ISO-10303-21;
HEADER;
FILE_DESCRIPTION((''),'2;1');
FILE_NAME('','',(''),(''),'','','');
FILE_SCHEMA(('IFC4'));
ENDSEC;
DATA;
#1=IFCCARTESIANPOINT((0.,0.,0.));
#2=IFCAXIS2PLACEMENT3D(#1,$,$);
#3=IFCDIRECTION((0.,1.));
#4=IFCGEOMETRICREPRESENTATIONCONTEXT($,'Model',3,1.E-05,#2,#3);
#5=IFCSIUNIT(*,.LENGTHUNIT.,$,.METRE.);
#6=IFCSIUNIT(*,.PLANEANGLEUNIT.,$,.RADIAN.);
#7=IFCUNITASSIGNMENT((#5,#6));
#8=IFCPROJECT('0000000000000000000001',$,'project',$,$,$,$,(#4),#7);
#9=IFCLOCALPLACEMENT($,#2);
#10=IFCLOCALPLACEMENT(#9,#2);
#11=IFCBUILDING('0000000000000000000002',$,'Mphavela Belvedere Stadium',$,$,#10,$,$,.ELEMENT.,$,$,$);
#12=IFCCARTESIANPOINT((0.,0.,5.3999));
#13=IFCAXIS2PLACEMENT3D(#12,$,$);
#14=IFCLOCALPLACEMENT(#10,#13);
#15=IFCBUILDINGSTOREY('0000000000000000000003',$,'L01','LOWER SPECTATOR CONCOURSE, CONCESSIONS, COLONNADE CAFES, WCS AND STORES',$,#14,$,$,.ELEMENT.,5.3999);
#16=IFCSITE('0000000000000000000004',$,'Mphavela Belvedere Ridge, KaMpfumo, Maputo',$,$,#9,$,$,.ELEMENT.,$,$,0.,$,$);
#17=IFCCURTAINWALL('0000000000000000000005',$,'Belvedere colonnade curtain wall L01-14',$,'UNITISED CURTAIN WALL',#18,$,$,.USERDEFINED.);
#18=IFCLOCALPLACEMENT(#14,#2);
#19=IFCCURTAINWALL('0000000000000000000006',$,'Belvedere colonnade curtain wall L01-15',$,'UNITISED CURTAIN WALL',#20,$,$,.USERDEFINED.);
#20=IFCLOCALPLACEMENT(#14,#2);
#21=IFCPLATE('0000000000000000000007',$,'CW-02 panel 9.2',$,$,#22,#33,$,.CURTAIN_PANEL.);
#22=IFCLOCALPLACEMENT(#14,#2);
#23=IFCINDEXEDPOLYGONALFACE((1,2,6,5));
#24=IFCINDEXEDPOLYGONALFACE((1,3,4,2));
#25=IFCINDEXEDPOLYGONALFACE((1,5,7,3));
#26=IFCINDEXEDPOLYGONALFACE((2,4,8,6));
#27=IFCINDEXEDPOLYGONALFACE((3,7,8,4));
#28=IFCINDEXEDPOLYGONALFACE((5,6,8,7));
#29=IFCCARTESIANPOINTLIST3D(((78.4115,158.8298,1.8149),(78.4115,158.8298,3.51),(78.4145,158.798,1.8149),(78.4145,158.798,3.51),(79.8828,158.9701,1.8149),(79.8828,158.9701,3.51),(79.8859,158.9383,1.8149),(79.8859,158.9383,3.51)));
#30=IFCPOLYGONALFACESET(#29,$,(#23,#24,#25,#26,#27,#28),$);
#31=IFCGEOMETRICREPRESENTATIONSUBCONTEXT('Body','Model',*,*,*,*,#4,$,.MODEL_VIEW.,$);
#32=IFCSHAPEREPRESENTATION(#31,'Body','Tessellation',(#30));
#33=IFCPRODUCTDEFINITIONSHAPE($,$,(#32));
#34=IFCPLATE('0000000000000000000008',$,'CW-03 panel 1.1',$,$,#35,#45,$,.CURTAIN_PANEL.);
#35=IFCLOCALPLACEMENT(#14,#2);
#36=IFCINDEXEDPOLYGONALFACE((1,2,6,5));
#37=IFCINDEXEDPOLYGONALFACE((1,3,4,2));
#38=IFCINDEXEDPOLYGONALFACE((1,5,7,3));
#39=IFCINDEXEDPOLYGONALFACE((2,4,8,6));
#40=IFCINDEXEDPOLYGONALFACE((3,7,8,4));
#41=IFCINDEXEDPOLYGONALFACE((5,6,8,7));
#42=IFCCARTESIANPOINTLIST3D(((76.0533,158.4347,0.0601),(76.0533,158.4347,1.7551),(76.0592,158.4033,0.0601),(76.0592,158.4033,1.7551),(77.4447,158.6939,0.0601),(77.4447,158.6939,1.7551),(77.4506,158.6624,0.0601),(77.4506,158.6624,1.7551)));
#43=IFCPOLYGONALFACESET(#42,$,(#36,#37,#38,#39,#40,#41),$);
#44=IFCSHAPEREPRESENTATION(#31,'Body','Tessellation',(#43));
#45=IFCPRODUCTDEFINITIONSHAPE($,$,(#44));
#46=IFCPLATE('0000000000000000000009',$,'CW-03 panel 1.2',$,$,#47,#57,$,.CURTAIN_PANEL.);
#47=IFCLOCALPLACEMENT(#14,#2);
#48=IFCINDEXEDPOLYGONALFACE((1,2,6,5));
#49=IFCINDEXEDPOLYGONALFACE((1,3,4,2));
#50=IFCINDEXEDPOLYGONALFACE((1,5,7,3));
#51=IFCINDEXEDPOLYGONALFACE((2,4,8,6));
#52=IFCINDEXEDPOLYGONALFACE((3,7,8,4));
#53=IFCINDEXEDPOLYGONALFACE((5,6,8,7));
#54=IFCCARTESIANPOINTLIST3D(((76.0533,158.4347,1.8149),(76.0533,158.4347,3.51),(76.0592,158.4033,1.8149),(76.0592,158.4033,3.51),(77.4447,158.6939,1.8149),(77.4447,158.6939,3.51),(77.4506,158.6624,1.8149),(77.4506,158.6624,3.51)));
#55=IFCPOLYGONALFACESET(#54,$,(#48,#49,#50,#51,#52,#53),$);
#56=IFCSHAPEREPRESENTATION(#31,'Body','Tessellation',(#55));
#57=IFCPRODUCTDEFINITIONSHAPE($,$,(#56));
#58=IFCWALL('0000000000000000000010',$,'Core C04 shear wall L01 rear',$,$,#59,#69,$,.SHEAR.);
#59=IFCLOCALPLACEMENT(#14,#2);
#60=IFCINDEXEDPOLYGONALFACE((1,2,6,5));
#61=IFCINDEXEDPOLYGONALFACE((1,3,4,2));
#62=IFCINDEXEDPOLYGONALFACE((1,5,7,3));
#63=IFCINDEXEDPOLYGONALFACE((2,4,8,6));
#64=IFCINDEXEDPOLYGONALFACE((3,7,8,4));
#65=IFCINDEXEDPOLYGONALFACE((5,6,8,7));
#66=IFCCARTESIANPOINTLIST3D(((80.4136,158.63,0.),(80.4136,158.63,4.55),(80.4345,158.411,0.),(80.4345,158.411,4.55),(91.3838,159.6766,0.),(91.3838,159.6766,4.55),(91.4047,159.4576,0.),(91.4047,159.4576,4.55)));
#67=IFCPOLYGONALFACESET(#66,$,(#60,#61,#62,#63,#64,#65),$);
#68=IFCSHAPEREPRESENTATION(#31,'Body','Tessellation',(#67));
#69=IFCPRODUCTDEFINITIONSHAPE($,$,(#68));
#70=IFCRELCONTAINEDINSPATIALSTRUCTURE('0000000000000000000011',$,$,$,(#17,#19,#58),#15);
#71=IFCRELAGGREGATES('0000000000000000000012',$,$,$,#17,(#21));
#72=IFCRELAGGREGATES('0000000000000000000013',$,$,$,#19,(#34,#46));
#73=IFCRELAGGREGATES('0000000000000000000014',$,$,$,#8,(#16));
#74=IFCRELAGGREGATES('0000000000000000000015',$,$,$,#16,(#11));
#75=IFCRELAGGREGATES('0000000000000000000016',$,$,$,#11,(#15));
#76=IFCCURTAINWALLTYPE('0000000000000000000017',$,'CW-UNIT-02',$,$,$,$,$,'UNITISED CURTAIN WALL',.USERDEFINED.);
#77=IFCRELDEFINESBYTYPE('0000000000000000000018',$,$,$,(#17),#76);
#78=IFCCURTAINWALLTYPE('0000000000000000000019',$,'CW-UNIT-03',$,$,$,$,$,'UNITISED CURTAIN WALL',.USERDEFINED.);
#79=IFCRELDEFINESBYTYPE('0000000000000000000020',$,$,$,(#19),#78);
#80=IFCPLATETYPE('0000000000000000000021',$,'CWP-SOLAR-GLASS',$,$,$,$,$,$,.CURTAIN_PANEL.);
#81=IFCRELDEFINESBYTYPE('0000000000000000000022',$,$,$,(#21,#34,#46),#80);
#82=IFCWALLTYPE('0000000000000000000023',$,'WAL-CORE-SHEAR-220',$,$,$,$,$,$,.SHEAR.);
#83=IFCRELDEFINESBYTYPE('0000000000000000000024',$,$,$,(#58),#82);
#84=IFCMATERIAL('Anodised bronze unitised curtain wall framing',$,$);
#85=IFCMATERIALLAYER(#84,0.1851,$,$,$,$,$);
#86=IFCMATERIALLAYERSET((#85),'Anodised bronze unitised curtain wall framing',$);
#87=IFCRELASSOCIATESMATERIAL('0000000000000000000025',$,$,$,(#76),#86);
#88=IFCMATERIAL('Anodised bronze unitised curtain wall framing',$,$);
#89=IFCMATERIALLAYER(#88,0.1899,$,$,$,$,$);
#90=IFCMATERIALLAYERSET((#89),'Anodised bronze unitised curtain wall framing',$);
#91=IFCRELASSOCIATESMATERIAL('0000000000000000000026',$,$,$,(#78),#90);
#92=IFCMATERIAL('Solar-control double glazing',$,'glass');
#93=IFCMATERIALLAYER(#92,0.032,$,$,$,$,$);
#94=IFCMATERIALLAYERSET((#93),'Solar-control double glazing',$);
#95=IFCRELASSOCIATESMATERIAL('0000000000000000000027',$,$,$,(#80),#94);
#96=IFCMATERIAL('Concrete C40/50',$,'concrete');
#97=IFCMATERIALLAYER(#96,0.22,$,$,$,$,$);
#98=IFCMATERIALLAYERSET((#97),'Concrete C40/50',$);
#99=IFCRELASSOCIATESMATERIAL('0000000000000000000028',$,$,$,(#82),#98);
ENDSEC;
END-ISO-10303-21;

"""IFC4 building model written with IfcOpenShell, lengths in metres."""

from ifc_helpers import new_model, si_unit, direction, frame, frame_2d, origin, origin_2d, place, context, subcontext, project, spatial, rectangle, extrude, material, layer, layer_set, type_object, element, aggregate, save


model = new_model("IFC4")

# Units and contexts
model_context = context("Model", 3, precision=1e-05, world=origin(), true_north=direction((0.0, 1.0)))
body_context = subcontext(model_context, "Body", "Model", "MODEL_VIEW")
ifc_project = project(units=[si_unit("LENGTHUNIT", "METRE"), si_unit("PLANEANGLEUNIT", "RADIAN")], contexts=[model_context])

# Site, building, storey
site_placement = place(None, origin())
site = spatial("IfcSite", under=ifc_project, at=site_placement, Name="Mphavela Belvedere Ridge, KaMpfumo, Maputo", CompositionType="ELEMENT", RefElevation=0.0)
building_placement = place(site_placement, origin())
building = spatial("IfcBuilding", under=site, at=building_placement, Name="Mphavela Belvedere Stadium", CompositionType="ELEMENT")
storey_placement = place(building_placement, frame((0.0, 0.0, 5.3999)))
storey = spatial("IfcBuildingStorey", under=building, at=storey_placement, Name="L01", Description="LOWER SPECTATOR CONCOURSE, CONCESSIONS, COLONNADE CAFES, WCS AND STORES", CompositionType="ELEMENT", Elevation=5.3999)

# Curtain walls
ifc_material_1 = material(Name="Anodised bronze unitised curtain wall framing")
ifc_layer_1 = layer(ifc_material_1, 0.1851)
ifc_layer_set_1 = layer_set([ifc_layer_1], Name="Anodised bronze unitised curtain wall framing")
curtain_wall_type_1 = type_object("IfcCurtainWallType", Name="CW-UNIT-02", ElementType="UNITISED CURTAIN WALL", PredefinedType="USERDEFINED", material=ifc_layer_set_1)
curtain_wall_1_placement = place(storey_placement, origin())
curtain_wall_1 = element("IfcCurtainWall", 1, at=curtain_wall_1_placement, inside=storey, type_object=curtain_wall_type_1, Name="Belvedere colonnade curtain wall L01-14", ObjectType="UNITISED CURTAIN WALL", PredefinedType="USERDEFINED")
ifc_material_2 = material(Name="Anodised bronze unitised curtain wall framing")
ifc_layer_2 = layer(ifc_material_2, 0.1899)
ifc_layer_set_2 = layer_set([ifc_layer_2], Name="Anodised bronze unitised curtain wall framing")
curtain_wall_type_2 = type_object("IfcCurtainWallType", Name="CW-UNIT-03", ElementType="UNITISED CURTAIN WALL", PredefinedType="USERDEFINED", material=ifc_layer_set_2)
curtain_wall_2_placement = place(storey_placement, origin())
curtain_wall_2 = element("IfcCurtainWall", 2, at=curtain_wall_2_placement, inside=storey, type_object=curtain_wall_type_2, Name="Belvedere colonnade curtain wall L01-15", ObjectType="UNITISED CURTAIN WALL", PredefinedType="USERDEFINED")

# Plates
ifc_material_3 = material(Name="Solar-control double glazing", Category="glass")
ifc_layer_3 = layer(ifc_material_3, 0.032)
ifc_layer_set_3 = layer_set([ifc_layer_3], Name="Solar-control double glazing")
plate_type = type_object("IfcPlateType", Name="CWP-SOLAR-GLASS", PredefinedType="CURTAIN_PANEL", material=ifc_layer_set_3)
plate_1_placement = place(storey_placement, frame((79.1487, 158.884, 1.8149), z_axis=(0.0, 0.0, 1.0), x_axis=(-0.995485, -0.094922, 0.0)))
plate_1 = element("IfcPlate", 3, at=plate_1_placement, type_object=plate_type, Name="CW-02 panel 9.2", PredefinedType="CURTAIN_PANEL", context=body_context, shape_type="SweptSolid", body=[
    extrude(rectangle(XDim=1.478, YDim=0.032, at=origin_2d()), origin(), (0.0, 0.0, 1.0), 1.6951),
])
aggregate(curtain_wall_1, [plate_1])
plate_2_placement = place(storey_placement, frame((76.752, 158.5486, 0.0601), z_axis=(0.0, 0.0, 1.0), x_axis=(-0.983095, -0.183095, 0.0)))
plate_2 = element("IfcPlate", 4, at=plate_2_placement, type_object=plate_type, Name="CW-03 panel 1.1", PredefinedType="CURTAIN_PANEL", context=body_context, shape_type="SweptSolid", body=[
    extrude(rectangle(XDim=1.4153, YDim=0.032, at=origin_2d()), origin(), (0.0, 0.0, 1.0), 1.6951),
])
plate_3_placement = place(storey_placement, frame((76.752, 158.5486, 1.8149), z_axis=(0.0, 0.0, 1.0), x_axis=(-0.983095, -0.183095, 0.0)))
plate_3 = element("IfcPlate", 5, at=plate_3_placement, type_object=plate_type, Name="CW-03 panel 1.2", PredefinedType="CURTAIN_PANEL", context=body_context, shape_type="SweptSolid", body=[
    extrude(rectangle(XDim=1.4153, YDim=0.032, at=origin_2d()), origin(), (0.0, 0.0, 1.0), 1.6951),
])
aggregate(curtain_wall_2, [plate_2, plate_3])

# Wall
ifc_material_4 = material(Name="Concrete C40/50", Category="concrete")
ifc_layer_4 = layer(ifc_material_4, 0.22)
ifc_layer_set_4 = layer_set([ifc_layer_4], Name="Concrete C40/50")
wall_type = type_object("IfcWallType", Name="WAL-CORE-SHEAR-220", PredefinedType="SHEAR", material=ifc_layer_set_4)
wall_placement = place(storey_placement, frame((80.4241, 158.5205, 0.0), z_axis=(0.0, 0.0, 1.0), x_axis=(0.99548, 0.094975, 0.0)))
element("IfcWall", 6, at=wall_placement, inside=storey, type_object=wall_type, Name="Core C04 shear wall L01 rear", PredefinedType="SHEAR", context=body_context, shape_type="SweptSolid", body=[
    extrude(rectangle(XDim=11.02, YDim=0.22, at=frame_2d((5.51, 0.0))), origin(), (0.0, 0.0, 1.0), 4.55),
])

save(model, "model.ifc")
